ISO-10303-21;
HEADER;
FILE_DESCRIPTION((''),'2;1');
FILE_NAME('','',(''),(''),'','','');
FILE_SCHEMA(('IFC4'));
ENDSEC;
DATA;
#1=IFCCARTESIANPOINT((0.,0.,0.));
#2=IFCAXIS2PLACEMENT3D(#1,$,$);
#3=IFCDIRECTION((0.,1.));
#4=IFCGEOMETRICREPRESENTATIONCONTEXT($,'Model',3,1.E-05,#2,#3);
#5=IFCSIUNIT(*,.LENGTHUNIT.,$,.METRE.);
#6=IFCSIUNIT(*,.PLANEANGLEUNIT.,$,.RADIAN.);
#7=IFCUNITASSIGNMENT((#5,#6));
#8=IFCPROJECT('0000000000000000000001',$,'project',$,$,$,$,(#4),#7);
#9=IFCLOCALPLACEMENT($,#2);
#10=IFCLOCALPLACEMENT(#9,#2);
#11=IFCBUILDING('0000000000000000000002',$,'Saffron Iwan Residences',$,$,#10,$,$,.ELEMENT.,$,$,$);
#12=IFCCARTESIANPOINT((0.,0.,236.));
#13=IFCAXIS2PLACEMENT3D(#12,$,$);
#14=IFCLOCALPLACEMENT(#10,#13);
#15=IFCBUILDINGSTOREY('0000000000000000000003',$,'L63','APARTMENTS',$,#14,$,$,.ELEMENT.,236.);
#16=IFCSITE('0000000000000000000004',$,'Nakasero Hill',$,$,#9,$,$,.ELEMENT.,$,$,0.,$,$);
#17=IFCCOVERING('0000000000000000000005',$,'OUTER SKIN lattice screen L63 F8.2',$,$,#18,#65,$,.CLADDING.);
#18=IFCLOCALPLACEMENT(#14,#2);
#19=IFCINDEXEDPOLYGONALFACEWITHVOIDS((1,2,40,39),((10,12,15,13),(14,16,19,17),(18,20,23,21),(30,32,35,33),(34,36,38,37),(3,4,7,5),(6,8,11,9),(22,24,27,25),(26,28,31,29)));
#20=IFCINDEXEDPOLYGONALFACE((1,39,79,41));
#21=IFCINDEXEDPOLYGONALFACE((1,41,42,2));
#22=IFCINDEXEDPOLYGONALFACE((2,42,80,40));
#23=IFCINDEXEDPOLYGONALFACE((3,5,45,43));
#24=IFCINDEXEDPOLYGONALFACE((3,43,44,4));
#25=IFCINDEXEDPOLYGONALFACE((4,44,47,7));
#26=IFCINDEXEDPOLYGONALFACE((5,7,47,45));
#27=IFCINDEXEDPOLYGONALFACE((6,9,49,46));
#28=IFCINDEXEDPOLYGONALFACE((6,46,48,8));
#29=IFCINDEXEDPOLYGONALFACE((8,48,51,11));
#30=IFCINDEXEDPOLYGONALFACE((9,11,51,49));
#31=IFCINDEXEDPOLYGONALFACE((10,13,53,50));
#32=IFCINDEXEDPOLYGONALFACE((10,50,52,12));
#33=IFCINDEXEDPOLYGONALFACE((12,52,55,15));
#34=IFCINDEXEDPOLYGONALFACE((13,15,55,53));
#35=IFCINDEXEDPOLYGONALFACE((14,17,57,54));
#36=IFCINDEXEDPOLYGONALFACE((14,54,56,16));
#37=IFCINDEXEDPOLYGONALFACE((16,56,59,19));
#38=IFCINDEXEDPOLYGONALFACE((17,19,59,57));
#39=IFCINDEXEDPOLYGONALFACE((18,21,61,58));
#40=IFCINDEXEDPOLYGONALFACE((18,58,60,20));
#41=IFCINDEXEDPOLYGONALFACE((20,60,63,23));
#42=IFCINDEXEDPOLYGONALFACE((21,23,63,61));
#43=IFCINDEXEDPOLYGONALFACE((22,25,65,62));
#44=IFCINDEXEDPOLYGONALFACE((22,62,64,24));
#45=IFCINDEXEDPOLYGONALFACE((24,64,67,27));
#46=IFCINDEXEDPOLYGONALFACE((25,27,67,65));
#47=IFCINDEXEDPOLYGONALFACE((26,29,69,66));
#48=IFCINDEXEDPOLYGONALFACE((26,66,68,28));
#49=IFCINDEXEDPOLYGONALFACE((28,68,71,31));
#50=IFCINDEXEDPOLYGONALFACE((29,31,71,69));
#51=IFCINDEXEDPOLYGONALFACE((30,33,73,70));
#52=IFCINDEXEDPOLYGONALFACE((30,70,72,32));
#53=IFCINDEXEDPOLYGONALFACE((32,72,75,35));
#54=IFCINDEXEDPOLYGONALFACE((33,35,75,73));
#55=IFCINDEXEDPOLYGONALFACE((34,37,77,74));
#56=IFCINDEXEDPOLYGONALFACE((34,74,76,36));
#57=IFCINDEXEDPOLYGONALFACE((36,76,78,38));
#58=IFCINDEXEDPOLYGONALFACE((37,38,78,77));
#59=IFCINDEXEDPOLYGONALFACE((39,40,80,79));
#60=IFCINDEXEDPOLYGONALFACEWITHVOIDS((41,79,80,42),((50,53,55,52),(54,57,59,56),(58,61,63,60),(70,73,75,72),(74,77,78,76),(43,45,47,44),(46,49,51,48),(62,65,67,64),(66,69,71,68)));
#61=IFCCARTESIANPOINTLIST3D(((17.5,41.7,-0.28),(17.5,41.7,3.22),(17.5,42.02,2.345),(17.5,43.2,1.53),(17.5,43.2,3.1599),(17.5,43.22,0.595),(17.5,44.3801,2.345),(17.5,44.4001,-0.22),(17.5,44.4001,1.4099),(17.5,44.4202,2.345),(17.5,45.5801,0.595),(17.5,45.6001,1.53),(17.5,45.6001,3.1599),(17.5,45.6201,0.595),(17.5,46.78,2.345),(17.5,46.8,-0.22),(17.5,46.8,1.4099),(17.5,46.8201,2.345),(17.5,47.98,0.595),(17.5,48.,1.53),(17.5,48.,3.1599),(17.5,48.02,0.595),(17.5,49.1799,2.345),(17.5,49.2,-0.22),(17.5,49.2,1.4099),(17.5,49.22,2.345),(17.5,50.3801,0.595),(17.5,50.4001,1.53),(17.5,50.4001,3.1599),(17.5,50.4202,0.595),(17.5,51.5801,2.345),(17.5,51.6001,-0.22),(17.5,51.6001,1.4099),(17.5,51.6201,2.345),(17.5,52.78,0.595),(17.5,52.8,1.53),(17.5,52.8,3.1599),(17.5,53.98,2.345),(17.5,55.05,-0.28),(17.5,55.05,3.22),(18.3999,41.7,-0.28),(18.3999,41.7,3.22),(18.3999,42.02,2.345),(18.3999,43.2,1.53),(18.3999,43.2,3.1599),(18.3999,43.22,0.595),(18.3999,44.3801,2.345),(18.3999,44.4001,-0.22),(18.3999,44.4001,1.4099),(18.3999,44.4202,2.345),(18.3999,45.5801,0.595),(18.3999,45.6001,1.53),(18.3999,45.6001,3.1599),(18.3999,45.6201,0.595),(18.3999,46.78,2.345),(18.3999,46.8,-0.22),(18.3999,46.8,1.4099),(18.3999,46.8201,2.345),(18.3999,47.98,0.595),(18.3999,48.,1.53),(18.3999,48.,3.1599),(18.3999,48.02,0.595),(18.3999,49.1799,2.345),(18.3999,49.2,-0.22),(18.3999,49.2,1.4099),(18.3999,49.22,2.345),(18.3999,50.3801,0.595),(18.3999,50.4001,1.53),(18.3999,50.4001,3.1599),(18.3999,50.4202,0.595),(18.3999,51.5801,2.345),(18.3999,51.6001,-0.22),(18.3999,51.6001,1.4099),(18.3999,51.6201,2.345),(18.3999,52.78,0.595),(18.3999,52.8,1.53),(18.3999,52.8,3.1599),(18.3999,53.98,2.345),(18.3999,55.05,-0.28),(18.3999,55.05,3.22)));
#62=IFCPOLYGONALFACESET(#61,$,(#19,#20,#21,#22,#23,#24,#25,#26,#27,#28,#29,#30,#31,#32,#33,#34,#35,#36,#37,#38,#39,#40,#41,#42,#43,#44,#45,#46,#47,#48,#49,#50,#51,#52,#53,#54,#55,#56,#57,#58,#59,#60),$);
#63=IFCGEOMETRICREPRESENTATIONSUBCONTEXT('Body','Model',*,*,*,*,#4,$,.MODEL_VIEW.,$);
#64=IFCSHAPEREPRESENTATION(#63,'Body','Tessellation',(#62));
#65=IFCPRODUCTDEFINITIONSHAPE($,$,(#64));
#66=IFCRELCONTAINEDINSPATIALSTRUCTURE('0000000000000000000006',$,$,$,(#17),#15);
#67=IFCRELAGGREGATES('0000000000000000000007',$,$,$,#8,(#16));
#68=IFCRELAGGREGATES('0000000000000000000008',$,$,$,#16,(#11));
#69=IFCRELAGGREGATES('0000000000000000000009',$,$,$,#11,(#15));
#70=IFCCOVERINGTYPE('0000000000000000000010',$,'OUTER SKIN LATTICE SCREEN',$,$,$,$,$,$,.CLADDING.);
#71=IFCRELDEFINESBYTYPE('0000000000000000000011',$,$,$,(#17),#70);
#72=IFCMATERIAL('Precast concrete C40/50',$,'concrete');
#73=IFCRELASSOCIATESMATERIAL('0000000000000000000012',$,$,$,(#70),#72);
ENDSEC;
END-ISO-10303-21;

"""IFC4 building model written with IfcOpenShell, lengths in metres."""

from ifc_helpers import new_model, si_unit, direction, frame, origin, place, context, subcontext, project, spatial, polyline, outline, extrude, material, type_object, element, save


model = new_model("IFC4")

# Units and contexts
model_context = context("Model", 3, precision=1e-05, world=origin(), true_north=direction((0.0, 1.0)))
body_context = subcontext(model_context, "Body", "Model", "MODEL_VIEW")
ifc_project = project(units=[si_unit("LENGTHUNIT", "METRE"), si_unit("PLANEANGLEUNIT", "RADIAN")], contexts=[model_context])

# Site, building, storey
site_placement = place(None, origin())
site = spatial("IfcSite", under=ifc_project, at=site_placement, Name="Nakasero Hill", CompositionType="ELEMENT", RefElevation=0.0)
building_placement = place(site_placement, origin())
building = spatial("IfcBuilding", under=site, at=building_placement, Name="Saffron Iwan Residences", CompositionType="ELEMENT")
storey_placement = place(building_placement, frame((0.0, 0.0, 236.0)))
storey = spatial("IfcBuildingStorey", under=building, at=storey_placement, Name="L63", Description="APARTMENTS", CompositionType="ELEMENT", Elevation=236.0)

# Covering
ifc_material_1 = material(Name="Precast concrete C40/50", Category="concrete")
covering_type = type_object("IfcCoveringType", Name="OUTER SKIN LATTICE SCREEN", PredefinedType="CLADDING", material=ifc_material_1)
covering_placement = place(storey_placement, frame((18.3999, 55.05, -0.28), z_axis=(-1.0, 0.0, 0.0), x_axis=(0.0, -1.0, 0.0)))
element("IfcCovering", 1, at=covering_placement, inside=storey, type_object=covering_type, Name="OUTER SKIN lattice screen L63 F8.2", PredefinedType="CLADDING", context=body_context, shape_type="SweptSolid", body=[
    extrude(outline(polyline([(0.0, 0.0), (13.3501, 0.0), (13.3501, 3.5), (0.0, 3.5), (0.0, 0.0)]), holes=[polyline([(2.27, 0.875), (3.45, 0.0601), (4.6299, 0.875), (3.45, 1.6899), (2.27, 0.875)]), polyline([(4.6699, 0.875), (5.8501, 0.0601), (7.03, 0.875), (5.8501, 1.6899), (4.6699, 0.875)]), polyline([(7.0701, 0.875), (8.25, 0.0601), (9.4299, 0.875), (8.25, 1.6899), (7.0701, 0.875)]), polyline([(9.47, 0.875), (10.6499, 0.0601), (11.8301, 0.875), (10.6499, 1.6899), (9.47, 0.875)]), polyline([(1.0701, 2.625), (2.25, 1.8101), (3.4299, 2.625), (2.25, 3.4399), (1.0701, 2.625)]), polyline([(3.47, 2.625), (4.6499, 1.8101), (5.8301, 2.625), (4.6499, 3.4399), (3.47, 2.625)]), polyline([(5.8701, 2.625), (7.05, 1.8101), (8.23, 2.625), (7.05, 3.4399), (5.8701, 2.625)]), polyline([(8.27, 2.625), (9.45, 1.8101), (10.6299, 2.625), (9.45, 3.4399), (8.27, 2.625)]), polyline([(10.6699, 2.625), (11.8501, 1.8101), (13.03, 2.625), (11.8501, 3.4399), (10.6699, 2.625)])]), origin(), (0.0, 0.0, 1.0), 0.8999),
])

save(model, "model.ifc")
